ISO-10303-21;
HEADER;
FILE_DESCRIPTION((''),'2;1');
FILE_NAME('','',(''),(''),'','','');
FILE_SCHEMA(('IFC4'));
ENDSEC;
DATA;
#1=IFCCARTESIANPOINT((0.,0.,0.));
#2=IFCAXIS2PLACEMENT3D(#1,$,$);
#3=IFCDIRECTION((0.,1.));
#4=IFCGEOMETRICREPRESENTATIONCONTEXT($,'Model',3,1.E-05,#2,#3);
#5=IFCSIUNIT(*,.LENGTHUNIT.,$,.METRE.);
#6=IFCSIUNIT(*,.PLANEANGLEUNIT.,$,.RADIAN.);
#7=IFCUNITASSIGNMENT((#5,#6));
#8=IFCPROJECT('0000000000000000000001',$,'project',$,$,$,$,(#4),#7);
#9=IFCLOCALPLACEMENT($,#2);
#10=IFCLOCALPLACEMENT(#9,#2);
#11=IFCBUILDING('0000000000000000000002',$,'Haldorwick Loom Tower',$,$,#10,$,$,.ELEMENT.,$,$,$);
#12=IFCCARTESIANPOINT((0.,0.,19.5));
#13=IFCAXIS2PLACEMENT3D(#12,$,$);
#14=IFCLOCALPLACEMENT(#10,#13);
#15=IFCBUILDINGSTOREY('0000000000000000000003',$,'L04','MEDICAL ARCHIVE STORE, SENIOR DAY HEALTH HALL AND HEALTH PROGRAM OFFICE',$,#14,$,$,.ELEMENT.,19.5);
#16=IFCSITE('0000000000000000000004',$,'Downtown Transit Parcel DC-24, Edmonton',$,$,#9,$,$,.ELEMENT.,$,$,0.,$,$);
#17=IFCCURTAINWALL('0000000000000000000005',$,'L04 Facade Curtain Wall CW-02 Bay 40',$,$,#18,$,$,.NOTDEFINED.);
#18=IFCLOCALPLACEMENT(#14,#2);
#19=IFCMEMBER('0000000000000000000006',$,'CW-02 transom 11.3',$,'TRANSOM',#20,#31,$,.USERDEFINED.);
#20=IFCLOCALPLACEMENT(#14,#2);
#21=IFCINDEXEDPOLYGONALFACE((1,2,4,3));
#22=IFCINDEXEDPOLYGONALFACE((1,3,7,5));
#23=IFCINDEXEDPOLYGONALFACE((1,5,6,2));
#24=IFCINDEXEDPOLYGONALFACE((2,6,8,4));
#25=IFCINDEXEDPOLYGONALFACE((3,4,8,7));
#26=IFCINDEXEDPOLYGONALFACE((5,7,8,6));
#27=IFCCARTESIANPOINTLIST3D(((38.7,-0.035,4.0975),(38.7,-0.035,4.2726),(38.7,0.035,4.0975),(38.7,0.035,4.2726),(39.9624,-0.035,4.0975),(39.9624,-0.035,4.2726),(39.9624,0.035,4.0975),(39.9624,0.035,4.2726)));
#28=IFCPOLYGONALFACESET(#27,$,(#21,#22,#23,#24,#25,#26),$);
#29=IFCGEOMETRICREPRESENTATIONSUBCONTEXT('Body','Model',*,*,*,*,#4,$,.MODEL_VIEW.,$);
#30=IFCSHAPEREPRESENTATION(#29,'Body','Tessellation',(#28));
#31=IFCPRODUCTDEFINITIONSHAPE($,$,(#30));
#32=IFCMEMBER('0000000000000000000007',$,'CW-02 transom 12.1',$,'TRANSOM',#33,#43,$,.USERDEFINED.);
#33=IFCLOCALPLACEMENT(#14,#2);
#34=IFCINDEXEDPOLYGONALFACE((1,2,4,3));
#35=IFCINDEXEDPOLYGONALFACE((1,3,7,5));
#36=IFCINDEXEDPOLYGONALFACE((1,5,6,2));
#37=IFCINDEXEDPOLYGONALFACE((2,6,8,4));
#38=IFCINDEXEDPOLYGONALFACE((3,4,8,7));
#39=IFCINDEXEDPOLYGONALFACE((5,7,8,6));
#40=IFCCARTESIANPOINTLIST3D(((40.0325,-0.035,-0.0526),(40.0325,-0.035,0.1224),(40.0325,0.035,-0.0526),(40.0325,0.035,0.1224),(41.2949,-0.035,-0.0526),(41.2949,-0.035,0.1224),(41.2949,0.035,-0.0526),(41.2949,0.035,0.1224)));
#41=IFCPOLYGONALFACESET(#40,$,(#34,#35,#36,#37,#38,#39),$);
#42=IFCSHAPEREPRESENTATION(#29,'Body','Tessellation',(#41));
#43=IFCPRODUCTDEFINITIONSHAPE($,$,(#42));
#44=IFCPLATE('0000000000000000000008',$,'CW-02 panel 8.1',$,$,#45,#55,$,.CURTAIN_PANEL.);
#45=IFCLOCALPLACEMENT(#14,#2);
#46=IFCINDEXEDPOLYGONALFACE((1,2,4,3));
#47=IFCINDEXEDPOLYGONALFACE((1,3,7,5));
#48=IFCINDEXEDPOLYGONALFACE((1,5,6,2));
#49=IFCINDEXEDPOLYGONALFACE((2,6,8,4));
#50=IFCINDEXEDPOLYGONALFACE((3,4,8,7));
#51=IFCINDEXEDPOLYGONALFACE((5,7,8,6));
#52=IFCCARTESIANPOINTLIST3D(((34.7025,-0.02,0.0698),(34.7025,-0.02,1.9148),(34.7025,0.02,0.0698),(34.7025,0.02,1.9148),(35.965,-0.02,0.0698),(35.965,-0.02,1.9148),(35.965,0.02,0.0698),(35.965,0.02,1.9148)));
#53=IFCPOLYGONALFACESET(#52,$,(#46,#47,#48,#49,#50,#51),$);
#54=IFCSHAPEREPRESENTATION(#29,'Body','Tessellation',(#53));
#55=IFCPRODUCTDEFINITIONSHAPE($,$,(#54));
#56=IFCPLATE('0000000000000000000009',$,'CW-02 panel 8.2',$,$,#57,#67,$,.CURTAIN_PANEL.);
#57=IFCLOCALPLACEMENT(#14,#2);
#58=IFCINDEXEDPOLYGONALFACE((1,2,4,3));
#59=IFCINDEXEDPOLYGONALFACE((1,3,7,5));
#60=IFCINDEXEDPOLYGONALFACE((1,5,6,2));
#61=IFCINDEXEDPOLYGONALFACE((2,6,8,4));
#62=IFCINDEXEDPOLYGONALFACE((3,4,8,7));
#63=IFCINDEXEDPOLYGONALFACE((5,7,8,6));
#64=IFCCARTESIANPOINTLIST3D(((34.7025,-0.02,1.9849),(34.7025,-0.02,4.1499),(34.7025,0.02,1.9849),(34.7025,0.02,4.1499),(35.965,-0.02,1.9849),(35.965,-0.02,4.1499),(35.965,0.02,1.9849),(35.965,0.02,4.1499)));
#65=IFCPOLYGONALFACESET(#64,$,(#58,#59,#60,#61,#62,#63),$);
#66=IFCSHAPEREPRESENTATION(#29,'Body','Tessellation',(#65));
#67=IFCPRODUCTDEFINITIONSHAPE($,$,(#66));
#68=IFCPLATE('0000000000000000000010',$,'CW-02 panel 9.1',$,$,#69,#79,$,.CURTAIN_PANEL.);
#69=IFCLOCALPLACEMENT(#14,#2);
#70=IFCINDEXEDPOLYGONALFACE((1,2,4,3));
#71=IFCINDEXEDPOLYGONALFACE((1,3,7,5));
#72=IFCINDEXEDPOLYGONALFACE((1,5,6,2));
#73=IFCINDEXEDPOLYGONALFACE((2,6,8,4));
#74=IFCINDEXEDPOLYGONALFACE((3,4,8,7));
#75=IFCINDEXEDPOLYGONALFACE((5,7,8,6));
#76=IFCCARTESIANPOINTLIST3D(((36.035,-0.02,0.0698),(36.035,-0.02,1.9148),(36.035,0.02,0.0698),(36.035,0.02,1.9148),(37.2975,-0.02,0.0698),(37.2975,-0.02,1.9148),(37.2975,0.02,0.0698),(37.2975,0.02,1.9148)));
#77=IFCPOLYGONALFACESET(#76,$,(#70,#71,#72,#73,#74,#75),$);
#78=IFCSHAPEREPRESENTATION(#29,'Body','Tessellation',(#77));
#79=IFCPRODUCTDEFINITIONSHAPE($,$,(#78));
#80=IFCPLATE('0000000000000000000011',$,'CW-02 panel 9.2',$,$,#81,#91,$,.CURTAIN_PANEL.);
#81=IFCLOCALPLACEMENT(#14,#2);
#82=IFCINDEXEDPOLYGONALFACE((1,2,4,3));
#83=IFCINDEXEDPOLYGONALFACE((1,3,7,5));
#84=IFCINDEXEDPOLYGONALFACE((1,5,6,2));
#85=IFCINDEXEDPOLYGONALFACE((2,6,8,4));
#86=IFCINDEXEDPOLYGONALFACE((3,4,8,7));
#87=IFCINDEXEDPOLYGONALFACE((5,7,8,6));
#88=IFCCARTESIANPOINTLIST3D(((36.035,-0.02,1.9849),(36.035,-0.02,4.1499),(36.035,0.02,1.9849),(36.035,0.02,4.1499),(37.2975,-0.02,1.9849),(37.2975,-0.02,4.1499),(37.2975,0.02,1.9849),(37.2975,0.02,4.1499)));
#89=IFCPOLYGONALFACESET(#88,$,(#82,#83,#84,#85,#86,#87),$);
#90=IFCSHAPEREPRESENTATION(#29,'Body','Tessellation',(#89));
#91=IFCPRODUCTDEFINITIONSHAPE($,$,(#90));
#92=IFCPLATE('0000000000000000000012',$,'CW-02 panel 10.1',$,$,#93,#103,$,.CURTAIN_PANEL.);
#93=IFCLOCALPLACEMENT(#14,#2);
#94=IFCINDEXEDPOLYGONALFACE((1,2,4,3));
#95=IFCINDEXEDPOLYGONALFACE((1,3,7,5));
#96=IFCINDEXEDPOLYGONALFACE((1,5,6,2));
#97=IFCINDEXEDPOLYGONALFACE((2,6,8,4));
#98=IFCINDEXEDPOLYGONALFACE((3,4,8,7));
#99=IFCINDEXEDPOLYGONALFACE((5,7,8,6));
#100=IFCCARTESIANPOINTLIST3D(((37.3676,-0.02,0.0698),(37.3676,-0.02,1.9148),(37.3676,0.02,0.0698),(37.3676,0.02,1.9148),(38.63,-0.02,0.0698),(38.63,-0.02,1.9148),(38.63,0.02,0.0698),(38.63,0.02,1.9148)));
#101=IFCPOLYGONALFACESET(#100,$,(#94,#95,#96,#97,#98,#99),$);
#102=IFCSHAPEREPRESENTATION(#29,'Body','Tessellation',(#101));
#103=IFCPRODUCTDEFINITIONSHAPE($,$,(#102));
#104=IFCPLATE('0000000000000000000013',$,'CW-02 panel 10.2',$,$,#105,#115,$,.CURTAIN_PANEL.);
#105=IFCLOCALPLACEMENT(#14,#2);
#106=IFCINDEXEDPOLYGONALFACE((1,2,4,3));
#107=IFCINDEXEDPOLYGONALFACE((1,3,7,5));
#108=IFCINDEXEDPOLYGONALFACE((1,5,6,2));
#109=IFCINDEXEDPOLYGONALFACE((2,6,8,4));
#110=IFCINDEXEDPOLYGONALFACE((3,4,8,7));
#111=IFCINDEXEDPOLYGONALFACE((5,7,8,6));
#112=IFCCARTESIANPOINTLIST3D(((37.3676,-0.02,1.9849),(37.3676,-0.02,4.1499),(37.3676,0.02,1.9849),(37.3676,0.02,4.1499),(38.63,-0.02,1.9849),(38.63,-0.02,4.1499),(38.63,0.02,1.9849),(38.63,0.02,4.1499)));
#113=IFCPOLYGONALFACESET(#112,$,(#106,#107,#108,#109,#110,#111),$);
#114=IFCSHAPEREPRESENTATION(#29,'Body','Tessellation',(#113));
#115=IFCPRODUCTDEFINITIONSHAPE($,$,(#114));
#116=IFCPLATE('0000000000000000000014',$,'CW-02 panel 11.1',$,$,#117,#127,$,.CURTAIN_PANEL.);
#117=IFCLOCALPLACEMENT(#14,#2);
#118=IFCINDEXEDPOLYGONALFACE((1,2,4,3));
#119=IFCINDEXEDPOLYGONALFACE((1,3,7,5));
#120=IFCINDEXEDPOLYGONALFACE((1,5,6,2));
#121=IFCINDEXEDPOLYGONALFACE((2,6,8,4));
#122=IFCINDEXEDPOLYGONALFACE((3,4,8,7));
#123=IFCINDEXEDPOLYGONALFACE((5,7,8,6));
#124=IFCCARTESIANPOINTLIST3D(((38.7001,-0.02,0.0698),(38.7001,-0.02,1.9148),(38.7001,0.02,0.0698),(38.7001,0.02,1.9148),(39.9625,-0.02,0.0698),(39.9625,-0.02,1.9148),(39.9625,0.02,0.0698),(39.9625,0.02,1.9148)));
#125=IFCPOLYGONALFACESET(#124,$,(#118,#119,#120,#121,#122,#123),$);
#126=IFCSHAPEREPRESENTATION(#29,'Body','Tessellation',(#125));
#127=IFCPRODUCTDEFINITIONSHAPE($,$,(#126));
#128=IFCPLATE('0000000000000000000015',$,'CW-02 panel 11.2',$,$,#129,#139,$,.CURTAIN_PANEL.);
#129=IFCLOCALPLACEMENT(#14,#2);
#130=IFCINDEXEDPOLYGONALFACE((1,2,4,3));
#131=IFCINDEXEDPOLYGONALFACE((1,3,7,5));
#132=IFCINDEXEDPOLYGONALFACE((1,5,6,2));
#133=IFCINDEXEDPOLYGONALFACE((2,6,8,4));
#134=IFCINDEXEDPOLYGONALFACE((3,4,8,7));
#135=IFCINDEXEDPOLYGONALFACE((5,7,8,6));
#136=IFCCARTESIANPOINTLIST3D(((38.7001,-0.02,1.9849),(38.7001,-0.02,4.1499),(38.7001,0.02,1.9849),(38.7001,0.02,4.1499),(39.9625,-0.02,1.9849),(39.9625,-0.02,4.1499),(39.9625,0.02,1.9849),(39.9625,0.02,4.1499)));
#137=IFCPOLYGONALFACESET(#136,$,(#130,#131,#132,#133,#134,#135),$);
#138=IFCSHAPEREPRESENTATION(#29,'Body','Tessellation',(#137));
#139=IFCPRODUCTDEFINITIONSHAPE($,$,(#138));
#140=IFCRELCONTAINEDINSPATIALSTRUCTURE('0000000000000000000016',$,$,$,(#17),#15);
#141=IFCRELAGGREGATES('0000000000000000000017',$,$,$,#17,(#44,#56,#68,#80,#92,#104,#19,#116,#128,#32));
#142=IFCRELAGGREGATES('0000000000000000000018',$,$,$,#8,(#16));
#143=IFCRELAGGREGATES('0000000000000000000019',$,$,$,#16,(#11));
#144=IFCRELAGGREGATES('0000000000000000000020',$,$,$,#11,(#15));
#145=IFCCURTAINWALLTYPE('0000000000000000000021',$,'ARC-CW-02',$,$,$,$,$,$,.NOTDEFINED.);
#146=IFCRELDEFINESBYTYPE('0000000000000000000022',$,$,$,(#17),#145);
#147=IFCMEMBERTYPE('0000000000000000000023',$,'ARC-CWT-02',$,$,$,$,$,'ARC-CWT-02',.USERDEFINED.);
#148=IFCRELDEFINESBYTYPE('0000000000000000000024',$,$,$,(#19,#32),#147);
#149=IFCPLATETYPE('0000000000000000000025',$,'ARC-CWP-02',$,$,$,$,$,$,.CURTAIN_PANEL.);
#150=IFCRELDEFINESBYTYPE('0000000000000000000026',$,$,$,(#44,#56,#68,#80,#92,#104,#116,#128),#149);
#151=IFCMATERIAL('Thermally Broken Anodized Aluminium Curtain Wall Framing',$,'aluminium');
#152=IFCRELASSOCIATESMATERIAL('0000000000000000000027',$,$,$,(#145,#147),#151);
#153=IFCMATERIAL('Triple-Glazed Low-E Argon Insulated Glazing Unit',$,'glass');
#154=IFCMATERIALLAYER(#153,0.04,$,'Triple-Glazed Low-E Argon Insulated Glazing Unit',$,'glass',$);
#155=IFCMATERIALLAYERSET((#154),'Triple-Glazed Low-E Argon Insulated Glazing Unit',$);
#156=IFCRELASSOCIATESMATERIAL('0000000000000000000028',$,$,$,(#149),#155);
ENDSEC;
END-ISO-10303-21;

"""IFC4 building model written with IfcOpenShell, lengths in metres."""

from ifc_helpers import new_model, si_unit, direction, frame, origin, origin_2d, place, context, subcontext, project, spatial, rectangle, extrude, material, layer, layer_set, material_profile, profile_set, type_object, element, aggregate, save


model = new_model("IFC4")

# Units and contexts
model_context = context("Model", 3, precision=1e-05, world=origin(), true_north=direction((0.0, 1.0)))
body_context = subcontext(model_context, "Body", "Model", "MODEL_VIEW")
ifc_project = project(units=[si_unit("LENGTHUNIT", "METRE"), si_unit("PLANEANGLEUNIT", "RADIAN")], contexts=[model_context])

# Site, building, storey
site_placement = place(None, origin())
site = spatial("IfcSite", under=ifc_project, at=site_placement, Name="Downtown Transit Parcel DC-24, Edmonton", CompositionType="ELEMENT", RefElevation=0.0)
building_placement = place(site_placement, origin())
building = spatial("IfcBuilding", under=site, at=building_placement, Name="Haldorwick Loom Tower", CompositionType="ELEMENT")
storey_placement = place(building_placement, frame((0.0, 0.0, 19.5)))
storey = spatial("IfcBuildingStorey", under=building, at=storey_placement, Name="L04", Description="MEDICAL ARCHIVE STORE, SENIOR DAY HEALTH HALL AND HEALTH PROGRAM OFFICE", CompositionType="ELEMENT", Elevation=19.5)

# Curtain wall, members, plates
ifc_material_1 = material(Name="Thermally Broken Anodized Aluminium Curtain Wall Framing", Category="aluminium")
curtain_wall_type = type_object("IfcCurtainWallType", Name="ARC-CW-02", PredefinedType="NOTDEFINED", material=ifc_material_1)
curtain_wall_placement = place(storey_placement, origin())
curtain_wall = element("IfcCurtainWall", 1, at=curtain_wall_placement, inside=storey, type_object=curtain_wall_type, Name="L04 Facade Curtain Wall CW-02 Bay 40", PredefinedType="NOTDEFINED")
ifc_material_profile_1 = material_profile(ifc_material_1, rectangle(XDim=0.0701, YDim=0.175, at=origin_2d()), Name="ALU_TRN_70X175", Category="aluminium")
ifc_profile_set_1 = profile_set([ifc_material_profile_1], Name="Thermally Broken Anodized Aluminium Curtain Wall Framing")
member_type_1 = type_object("IfcMemberType", Name="ARC-CWT-02", ElementType="ARC-CWT-02", PredefinedType="USERDEFINED", material=ifc_profile_set_1)
member_1_placement = place(storey_placement, frame((38.7, 0.0, 4.1851), z_axis=(1.0, 0.0, 0.0), x_axis=(0.0, 1.0, 0.0)))
member_1 = element("IfcMember", 2, at=member_1_placement, type_object=member_type_1, Name="CW-02 transom 11.3", ObjectType="TRANSOM", PredefinedType="USERDEFINED", context=body_context, shape_type="SweptSolid", body=[
    extrude(rectangle(XDim=0.0701, YDim=0.175, at=origin_2d()), origin(), (0.0, 0.0, 1.0), 1.2625),
])
member_2_placement = place(storey_placement, frame((40.0325, 0.0, 0.0349), z_axis=(1.0, 0.0, 0.0), x_axis=(0.0, 1.0, 0.0)))
member_2 = element("IfcMember", 3, at=member_2_placement, type_object=member_type_1, Name="CW-02 transom 12.1", ObjectType="TRANSOM", PredefinedType="USERDEFINED", context=body_context, shape_type="SweptSolid", body=[
    extrude(rectangle(XDim=0.0701, YDim=0.175, at=origin_2d()), origin(), (0.0, 0.0, 1.0), 1.2625),
])
ifc_material_2 = material(Name="Triple-Glazed Low-E Argon Insulated Glazing Unit", Category="glass")
ifc_layer = layer(ifc_material_2, 0.04, Name="Triple-Glazed Low-E Argon Insulated Glazing Unit", Category="glass")
ifc_layer_set = layer_set([ifc_layer], Name="Triple-Glazed Low-E Argon Insulated Glazing Unit")
plate_type = type_object("IfcPlateType", Name="ARC-CWP-02", PredefinedType="CURTAIN_PANEL", material=ifc_layer_set)
plate_1_placement = place(storey_placement, frame((35.3337, 0.0, 0.0698), z_axis=(0.0, 0.0, 1.0), x_axis=(1.0, 0.0, 0.0)))
plate_1 = element("IfcPlate", 4, at=plate_1_placement, type_object=plate_type, Name="CW-02 panel 8.1", PredefinedType="CURTAIN_PANEL", context=body_context, shape_type="SweptSolid", body=[
    extrude(rectangle(XDim=1.2625, YDim=0.04, at=origin_2d()), origin(), (0.0, 0.0, 1.0), 1.845),
])
plate_2_placement = place(storey_placement, frame((35.3337, 0.0, 1.9849), z_axis=(0.0, 0.0, 1.0), x_axis=(1.0, 0.0, 0.0)))
plate_2 = element("IfcPlate", 5, at=plate_2_placement, type_object=plate_type, Name="CW-02 panel 8.2", PredefinedType="CURTAIN_PANEL", context=body_context, shape_type="SweptSolid", body=[
    extrude(rectangle(XDim=1.2625, YDim=0.04, at=origin_2d()), origin(), (0.0, 0.0, 1.0), 2.165),
])
plate_3_placement = place(storey_placement, frame((36.6663, 0.0, 0.0698), z_axis=(0.0, 0.0, 1.0), x_axis=(1.0, 0.0, 0.0)))
plate_3 = element("IfcPlate", 6, at=plate_3_placement, type_object=plate_type, Name="CW-02 panel 9.1", PredefinedType="CURTAIN_PANEL", context=body_context, shape_type="SweptSolid", body=[
    extrude(rectangle(XDim=1.2625, YDim=0.04, at=origin_2d()), origin(), (0.0, 0.0, 1.0), 1.845),
])
plate_4_placement = place(storey_placement, frame((36.6663, 0.0, 1.9849), z_axis=(0.0, 0.0, 1.0), x_axis=(1.0, 0.0, 0.0)))
plate_4 = element("IfcPlate", 7, at=plate_4_placement, type_object=plate_type, Name="CW-02 panel 9.2", PredefinedType="CURTAIN_PANEL", context=body_context, shape_type="SweptSolid", body=[
    extrude(rectangle(XDim=1.2625, YDim=0.04, at=origin_2d()), origin(), (0.0, 0.0, 1.0), 2.165),
])
plate_5_placement = place(storey_placement, frame((37.9988, 0.0, 0.0698), z_axis=(0.0, 0.0, 1.0), x_axis=(1.0, 0.0, 0.0)))
plate_5 = element("IfcPlate", 8, at=plate_5_placement, type_object=plate_type, Name="CW-02 panel 10.1", PredefinedType="CURTAIN_PANEL", context=body_context, shape_type="SweptSolid", body=[
    extrude(rectangle(XDim=1.2625, YDim=0.04, at=origin_2d()), origin(), (0.0, 0.0, 1.0), 1.845),
])
plate_6_placement = place(storey_placement, frame((37.9988, 0.0, 1.9849), z_axis=(0.0, 0.0, 1.0), x_axis=(1.0, 0.0, 0.0)))
plate_6 = element("IfcPlate", 9, at=plate_6_placement, type_object=plate_type, Name="CW-02 panel 10.2", PredefinedType="CURTAIN_PANEL", context=body_context, shape_type="SweptSolid", body=[
    extrude(rectangle(XDim=1.2625, YDim=0.04, at=origin_2d()), origin(), (0.0, 0.0, 1.0), 2.165),
])
plate_7_placement = place(storey_placement, frame((39.3313, 0.0, 0.0698), z_axis=(0.0, 0.0, 1.0), x_axis=(1.0, 0.0, 0.0)))
plate_7 = element("IfcPlate", 10, at=plate_7_placement, type_object=plate_type, Name="CW-02 panel 11.1", PredefinedType="CURTAIN_PANEL", context=body_context, shape_type="SweptSolid", body=[
    extrude(rectangle(XDim=1.2625, YDim=0.04, at=origin_2d()), origin(), (0.0, 0.0, 1.0), 1.845),
])
plate_8_placement = place(storey_placement, frame((39.3313, 0.0, 1.9849), z_axis=(0.0, 0.0, 1.0), x_axis=(1.0, 0.0, 0.0)))
plate_8 = element("IfcPlate", 11, at=plate_8_placement, type_object=plate_type, Name="CW-02 panel 11.2", PredefinedType="CURTAIN_PANEL", context=body_context, shape_type="SweptSolid", body=[
    extrude(rectangle(XDim=1.2625, YDim=0.04, at=origin_2d()), origin(), (0.0, 0.0, 1.0), 2.165),
])
aggregate(curtain_wall, [plate_1, plate_2, plate_3, plate_4, plate_5, plate_6, member_1, plate_7, plate_8, member_2])

save(model, "model.ifc")
